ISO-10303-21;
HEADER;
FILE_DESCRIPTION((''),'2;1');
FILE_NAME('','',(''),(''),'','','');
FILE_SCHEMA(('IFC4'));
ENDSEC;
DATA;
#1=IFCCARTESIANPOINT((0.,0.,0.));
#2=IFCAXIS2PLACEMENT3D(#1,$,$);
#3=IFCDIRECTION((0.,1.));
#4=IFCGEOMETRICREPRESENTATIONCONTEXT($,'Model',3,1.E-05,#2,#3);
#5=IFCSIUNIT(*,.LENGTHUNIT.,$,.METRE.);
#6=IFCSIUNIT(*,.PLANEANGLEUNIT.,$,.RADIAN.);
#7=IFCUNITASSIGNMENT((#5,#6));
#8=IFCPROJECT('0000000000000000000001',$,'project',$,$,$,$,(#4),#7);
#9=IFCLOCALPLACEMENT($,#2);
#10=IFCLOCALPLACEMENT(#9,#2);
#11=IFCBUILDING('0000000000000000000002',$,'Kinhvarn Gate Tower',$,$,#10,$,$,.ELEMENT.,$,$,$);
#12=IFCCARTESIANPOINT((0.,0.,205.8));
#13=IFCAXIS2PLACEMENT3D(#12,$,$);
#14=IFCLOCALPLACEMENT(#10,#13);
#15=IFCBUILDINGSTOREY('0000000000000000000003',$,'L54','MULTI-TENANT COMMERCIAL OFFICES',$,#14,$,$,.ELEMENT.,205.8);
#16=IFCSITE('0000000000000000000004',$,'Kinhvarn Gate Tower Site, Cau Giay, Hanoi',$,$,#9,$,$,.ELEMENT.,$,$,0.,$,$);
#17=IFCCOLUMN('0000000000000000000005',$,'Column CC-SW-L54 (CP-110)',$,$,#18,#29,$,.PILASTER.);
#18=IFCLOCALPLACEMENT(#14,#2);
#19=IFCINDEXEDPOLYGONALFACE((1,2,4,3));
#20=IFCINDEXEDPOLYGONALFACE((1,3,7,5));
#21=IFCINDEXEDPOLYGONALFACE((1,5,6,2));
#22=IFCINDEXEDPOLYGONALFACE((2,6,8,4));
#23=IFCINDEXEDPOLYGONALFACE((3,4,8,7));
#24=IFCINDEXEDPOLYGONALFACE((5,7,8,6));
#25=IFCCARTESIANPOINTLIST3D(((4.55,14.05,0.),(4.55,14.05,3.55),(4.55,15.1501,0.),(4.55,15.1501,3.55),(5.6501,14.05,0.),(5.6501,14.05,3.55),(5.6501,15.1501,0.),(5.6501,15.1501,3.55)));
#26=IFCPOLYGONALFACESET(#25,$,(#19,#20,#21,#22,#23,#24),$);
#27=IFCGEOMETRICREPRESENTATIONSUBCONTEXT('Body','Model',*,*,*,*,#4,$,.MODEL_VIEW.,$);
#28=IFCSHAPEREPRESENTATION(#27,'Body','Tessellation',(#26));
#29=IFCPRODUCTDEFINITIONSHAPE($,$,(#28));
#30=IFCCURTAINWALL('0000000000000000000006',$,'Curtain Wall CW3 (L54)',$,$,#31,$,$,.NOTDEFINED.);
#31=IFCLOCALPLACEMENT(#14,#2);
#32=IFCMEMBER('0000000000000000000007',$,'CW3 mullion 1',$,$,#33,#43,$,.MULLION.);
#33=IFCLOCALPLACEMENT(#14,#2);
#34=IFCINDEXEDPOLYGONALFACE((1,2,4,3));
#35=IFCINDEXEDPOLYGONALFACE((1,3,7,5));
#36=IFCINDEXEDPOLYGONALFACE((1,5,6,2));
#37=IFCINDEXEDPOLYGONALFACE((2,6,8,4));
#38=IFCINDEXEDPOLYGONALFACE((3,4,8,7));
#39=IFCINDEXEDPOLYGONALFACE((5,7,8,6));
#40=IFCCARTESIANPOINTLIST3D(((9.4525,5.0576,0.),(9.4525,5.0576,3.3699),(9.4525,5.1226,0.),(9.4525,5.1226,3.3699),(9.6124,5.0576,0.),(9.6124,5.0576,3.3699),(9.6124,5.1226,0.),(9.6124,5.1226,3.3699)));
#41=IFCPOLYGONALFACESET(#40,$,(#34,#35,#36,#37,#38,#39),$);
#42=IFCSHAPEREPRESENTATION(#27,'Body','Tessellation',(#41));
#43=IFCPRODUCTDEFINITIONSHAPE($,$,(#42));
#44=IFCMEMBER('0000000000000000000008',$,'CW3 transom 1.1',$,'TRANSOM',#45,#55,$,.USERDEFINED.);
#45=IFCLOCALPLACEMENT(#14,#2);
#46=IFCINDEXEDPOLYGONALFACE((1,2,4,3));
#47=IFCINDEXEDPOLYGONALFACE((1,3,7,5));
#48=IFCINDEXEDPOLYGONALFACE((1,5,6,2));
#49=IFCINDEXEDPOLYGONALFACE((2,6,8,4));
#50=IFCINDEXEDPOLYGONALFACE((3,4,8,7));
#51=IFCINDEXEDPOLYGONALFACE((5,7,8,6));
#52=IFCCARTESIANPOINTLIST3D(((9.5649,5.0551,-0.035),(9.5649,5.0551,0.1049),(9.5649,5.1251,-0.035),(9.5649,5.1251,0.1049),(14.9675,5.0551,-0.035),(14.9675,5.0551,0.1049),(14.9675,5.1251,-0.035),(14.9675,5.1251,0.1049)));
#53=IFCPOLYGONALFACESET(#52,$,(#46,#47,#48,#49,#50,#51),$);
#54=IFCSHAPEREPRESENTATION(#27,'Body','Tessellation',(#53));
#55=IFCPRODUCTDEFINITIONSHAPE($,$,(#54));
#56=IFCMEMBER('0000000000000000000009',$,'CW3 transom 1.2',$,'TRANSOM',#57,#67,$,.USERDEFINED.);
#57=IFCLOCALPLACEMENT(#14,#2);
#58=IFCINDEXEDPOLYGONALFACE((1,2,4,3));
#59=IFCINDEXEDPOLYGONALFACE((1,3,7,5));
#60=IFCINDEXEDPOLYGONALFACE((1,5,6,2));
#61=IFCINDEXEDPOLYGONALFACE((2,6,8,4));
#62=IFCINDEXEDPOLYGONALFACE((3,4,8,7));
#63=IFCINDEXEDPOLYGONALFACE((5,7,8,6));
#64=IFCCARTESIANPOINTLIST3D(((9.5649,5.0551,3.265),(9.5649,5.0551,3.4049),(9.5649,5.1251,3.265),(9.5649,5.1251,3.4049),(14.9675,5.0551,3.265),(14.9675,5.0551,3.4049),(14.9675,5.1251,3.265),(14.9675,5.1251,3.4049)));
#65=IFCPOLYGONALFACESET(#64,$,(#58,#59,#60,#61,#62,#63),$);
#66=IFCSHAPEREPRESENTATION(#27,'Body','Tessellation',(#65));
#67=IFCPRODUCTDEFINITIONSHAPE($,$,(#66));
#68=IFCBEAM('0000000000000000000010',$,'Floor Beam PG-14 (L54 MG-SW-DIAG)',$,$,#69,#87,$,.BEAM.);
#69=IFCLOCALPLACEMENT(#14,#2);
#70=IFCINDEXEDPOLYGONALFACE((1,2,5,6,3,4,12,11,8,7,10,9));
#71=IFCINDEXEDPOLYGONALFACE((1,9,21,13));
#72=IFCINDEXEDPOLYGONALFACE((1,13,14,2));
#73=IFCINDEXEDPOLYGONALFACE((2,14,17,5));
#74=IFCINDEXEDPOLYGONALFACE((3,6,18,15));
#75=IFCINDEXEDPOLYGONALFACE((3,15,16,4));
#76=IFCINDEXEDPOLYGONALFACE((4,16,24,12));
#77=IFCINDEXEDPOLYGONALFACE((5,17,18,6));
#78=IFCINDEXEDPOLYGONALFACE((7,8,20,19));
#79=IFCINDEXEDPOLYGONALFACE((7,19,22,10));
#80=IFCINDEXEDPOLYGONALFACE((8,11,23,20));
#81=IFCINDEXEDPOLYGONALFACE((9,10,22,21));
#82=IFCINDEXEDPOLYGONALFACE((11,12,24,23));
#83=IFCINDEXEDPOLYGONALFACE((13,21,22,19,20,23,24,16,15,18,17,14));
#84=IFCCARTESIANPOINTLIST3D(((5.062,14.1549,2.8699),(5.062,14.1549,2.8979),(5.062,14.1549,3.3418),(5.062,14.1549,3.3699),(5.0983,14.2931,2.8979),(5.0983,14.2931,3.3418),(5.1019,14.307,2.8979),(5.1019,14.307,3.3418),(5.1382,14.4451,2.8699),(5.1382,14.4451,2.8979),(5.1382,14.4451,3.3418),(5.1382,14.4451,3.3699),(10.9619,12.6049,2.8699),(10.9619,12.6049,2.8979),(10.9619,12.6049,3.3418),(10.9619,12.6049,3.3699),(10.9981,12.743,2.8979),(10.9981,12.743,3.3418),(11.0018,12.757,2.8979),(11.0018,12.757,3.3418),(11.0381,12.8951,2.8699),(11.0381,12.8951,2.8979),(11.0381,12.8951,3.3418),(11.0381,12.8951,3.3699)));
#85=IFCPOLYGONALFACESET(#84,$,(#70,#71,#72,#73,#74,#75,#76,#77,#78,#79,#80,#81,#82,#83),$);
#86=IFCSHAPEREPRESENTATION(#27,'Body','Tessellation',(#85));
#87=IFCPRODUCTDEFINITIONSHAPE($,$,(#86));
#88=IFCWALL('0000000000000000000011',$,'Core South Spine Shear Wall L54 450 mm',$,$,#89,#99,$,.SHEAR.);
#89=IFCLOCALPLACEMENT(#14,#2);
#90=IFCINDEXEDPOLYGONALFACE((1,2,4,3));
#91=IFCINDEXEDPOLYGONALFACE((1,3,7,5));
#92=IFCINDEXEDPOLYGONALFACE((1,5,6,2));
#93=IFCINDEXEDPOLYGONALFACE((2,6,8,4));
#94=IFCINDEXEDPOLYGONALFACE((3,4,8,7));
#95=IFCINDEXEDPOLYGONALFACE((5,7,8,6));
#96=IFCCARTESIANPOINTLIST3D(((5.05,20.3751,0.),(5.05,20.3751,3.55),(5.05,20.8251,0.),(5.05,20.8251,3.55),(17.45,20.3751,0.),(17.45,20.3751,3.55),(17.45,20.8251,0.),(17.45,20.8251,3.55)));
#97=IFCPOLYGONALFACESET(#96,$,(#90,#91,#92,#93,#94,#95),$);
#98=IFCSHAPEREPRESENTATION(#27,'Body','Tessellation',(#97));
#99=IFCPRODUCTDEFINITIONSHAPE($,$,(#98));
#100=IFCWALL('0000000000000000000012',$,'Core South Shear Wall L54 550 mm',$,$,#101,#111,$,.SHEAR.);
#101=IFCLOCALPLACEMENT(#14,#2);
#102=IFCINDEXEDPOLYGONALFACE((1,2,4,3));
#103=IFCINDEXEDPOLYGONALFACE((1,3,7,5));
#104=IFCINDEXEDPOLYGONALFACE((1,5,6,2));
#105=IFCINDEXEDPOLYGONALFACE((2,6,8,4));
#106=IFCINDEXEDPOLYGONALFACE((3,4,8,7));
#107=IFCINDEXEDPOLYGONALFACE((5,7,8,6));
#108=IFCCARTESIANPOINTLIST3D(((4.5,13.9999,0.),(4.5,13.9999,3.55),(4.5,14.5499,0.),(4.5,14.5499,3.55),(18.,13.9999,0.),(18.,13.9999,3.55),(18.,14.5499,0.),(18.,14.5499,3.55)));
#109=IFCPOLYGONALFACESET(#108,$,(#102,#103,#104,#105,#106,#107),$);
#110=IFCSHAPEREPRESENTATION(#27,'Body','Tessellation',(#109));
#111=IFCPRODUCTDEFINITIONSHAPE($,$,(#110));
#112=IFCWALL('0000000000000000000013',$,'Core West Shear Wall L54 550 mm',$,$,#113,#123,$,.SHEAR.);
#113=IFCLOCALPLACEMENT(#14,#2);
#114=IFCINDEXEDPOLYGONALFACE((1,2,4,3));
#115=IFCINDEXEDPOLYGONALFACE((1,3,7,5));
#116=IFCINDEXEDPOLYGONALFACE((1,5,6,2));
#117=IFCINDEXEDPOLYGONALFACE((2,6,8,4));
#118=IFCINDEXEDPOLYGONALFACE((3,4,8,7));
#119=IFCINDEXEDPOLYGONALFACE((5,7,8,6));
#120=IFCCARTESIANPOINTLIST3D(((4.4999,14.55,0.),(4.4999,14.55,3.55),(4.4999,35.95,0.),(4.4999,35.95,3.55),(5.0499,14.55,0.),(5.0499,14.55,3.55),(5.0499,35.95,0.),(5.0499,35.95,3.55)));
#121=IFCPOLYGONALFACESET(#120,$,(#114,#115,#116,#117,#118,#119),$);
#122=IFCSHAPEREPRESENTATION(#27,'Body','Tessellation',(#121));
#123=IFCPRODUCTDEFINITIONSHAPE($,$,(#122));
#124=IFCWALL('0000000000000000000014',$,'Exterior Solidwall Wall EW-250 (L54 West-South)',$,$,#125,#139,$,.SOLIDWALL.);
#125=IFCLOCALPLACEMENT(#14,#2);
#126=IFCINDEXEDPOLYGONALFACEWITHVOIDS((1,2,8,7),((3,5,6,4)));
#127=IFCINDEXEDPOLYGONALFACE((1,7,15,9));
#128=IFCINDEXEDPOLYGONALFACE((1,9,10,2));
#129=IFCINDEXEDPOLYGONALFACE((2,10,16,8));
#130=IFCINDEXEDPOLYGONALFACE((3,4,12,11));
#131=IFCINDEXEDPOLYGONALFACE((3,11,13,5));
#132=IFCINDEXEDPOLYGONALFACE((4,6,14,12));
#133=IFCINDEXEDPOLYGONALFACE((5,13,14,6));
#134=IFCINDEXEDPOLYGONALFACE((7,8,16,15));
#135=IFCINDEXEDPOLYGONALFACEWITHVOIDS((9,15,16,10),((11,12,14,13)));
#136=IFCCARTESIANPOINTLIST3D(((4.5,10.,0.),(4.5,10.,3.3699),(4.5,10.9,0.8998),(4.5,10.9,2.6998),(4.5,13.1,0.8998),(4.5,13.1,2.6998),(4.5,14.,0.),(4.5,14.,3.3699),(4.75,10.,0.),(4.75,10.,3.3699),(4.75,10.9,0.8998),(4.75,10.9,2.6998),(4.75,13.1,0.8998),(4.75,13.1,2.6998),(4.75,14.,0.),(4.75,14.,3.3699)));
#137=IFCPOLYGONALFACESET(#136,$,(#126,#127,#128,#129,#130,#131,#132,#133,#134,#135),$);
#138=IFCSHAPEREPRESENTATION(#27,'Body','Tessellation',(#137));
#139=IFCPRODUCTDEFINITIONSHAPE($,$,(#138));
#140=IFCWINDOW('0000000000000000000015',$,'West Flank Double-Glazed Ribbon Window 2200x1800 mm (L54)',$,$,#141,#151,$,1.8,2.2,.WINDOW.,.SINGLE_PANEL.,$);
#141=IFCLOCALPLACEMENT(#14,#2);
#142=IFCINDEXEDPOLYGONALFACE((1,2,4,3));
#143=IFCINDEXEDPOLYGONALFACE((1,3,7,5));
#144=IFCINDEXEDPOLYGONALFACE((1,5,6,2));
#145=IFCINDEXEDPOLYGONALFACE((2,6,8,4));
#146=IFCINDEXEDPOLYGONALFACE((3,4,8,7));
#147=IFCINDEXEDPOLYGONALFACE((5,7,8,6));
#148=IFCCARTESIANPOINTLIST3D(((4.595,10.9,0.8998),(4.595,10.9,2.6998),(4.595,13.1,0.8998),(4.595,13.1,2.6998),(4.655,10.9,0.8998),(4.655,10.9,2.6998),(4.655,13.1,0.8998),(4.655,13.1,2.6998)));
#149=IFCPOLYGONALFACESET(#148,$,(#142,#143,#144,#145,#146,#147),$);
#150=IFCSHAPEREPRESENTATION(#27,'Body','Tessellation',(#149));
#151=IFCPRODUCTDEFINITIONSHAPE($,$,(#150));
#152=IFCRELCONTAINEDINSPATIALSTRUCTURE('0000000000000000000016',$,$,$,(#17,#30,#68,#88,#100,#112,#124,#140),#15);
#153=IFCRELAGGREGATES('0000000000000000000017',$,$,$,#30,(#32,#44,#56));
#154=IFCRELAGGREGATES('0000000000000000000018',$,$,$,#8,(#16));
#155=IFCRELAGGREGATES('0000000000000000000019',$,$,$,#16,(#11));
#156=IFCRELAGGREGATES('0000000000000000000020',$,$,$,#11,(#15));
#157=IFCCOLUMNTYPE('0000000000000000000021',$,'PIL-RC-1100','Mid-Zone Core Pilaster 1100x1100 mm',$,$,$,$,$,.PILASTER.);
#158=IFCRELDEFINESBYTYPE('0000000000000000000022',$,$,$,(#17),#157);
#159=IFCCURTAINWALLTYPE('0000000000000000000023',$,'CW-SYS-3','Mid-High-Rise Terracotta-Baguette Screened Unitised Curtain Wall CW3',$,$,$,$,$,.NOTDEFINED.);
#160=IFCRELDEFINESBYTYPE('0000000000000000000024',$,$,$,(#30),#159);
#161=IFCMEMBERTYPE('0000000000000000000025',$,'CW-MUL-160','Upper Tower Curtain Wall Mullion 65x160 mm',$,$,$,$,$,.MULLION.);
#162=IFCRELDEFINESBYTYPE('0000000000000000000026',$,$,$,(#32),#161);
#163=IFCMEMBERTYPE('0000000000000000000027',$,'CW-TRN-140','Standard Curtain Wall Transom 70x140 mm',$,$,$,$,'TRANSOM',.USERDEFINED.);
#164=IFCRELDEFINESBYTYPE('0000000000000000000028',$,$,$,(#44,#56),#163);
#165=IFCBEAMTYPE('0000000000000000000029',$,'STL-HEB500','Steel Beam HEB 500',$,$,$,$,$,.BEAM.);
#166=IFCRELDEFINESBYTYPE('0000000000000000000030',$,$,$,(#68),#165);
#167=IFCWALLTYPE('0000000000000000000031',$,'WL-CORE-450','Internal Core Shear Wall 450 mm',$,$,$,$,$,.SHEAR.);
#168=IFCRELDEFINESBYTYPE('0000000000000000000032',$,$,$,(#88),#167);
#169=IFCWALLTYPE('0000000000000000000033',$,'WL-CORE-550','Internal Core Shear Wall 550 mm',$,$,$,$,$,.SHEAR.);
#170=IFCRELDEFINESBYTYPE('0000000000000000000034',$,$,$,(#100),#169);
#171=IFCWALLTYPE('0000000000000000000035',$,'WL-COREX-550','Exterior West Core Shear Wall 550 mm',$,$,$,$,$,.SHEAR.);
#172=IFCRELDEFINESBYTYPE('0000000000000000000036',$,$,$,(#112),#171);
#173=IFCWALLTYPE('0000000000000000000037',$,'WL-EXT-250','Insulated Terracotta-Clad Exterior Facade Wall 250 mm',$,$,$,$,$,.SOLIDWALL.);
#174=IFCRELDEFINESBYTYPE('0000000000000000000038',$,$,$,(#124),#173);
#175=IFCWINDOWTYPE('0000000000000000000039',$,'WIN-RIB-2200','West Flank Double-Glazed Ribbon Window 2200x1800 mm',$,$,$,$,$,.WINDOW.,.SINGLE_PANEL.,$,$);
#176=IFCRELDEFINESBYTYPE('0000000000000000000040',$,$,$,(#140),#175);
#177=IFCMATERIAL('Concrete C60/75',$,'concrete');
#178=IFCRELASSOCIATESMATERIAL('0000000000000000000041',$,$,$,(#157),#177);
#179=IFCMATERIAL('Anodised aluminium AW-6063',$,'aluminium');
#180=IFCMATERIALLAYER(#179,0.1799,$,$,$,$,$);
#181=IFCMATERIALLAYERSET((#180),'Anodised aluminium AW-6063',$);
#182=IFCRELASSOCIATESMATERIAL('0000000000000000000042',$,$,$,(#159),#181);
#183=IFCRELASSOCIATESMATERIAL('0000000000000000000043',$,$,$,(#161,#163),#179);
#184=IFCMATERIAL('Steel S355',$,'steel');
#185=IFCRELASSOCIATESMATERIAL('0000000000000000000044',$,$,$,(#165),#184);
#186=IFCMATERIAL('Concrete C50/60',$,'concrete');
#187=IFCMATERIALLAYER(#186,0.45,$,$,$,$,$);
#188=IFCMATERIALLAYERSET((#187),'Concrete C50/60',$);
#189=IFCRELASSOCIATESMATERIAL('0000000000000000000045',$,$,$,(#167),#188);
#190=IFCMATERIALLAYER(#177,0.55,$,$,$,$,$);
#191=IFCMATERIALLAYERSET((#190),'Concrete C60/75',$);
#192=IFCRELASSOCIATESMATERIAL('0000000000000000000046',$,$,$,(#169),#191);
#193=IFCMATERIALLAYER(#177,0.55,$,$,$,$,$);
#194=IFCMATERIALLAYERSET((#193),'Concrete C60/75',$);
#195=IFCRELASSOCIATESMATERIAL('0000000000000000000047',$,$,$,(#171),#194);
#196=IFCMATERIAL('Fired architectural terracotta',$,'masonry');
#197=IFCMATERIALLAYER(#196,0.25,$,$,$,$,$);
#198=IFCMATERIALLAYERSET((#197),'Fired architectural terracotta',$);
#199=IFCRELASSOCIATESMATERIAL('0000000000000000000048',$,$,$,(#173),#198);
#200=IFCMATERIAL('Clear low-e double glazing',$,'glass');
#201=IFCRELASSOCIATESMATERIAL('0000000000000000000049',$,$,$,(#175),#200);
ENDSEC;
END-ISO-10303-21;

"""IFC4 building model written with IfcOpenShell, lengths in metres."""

from ifc_helpers import new_model, si_unit, direction, frame, frame_2d, origin, origin_2d, place, context, subcontext, project, spatial, rectangle, i_section, extrude, material, layer, layer_set, material_profile, profile_set, type_object, element, fill, aggregate, save


model = new_model("IFC4")

# Units and contexts
model_context = context("Model", 3, precision=1e-05, world=origin(), true_north=direction((0.0, 1.0)))
body_context = subcontext(model_context, "Body", "Model", "MODEL_VIEW")
ifc_project = project(units=[si_unit("LENGTHUNIT", "METRE"), si_unit("PLANEANGLEUNIT", "RADIAN")], contexts=[model_context])

# Site, building, storey
site_placement = place(None, origin())
site = spatial("IfcSite", under=ifc_project, at=site_placement, Name="Kinhvarn Gate Tower Site, Cau Giay, Hanoi", CompositionType="ELEMENT", RefElevation=0.0)
building_placement = place(site_placement, origin())
building = spatial("IfcBuilding", under=site, at=building_placement, Name="Kinhvarn Gate Tower", CompositionType="ELEMENT")
storey_placement = place(building_placement, frame((0.0, 0.0, 205.8)))
storey = spatial("IfcBuildingStorey", under=building, at=storey_placement, Name="L54", Description="MULTI-TENANT COMMERCIAL OFFICES", CompositionType="ELEMENT", Elevation=205.8)

# Column
ifc_material_1 = material(Name="Concrete C60/75", Category="concrete")
ifc_material_profile_1 = material_profile(ifc_material_1, rectangle(XDim=1.1001, YDim=1.1001, at=origin_2d()), Name="RC 1100x1100")
ifc_profile_set_1 = profile_set([ifc_material_profile_1], Name="Concrete C60/75")
column_type = type_object("IfcColumnType", Name="PIL-RC-1100", Description="Mid-Zone Core Pilaster 1100x1100 mm", PredefinedType="PILASTER", material=ifc_profile_set_1)
column_placement = place(storey_placement, frame((5.1001, 14.6001, 0.0), z_axis=(0.0, 0.0, 1.0), x_axis=(1.0, 0.0, 0.0)))
element("IfcColumn", 1, at=column_placement, inside=storey, type_object=column_type, Name="Column CC-SW-L54 (CP-110)", PredefinedType="PILASTER", context=body_context, shape_type="SweptSolid", body=[
    extrude(rectangle(XDim=1.1001, YDim=1.1001, at=origin_2d()), origin(), (0.0, 0.0, 1.0), 3.55),
])

# Curtain wall, members
ifc_material_2 = material(Name="Anodised aluminium AW-6063", Category="aluminium")
ifc_layer_1 = layer(ifc_material_2, 0.1799)
ifc_layer_set_1 = layer_set([ifc_layer_1], Name="Anodised aluminium AW-6063")
curtain_wall_type = type_object("IfcCurtainWallType", Name="CW-SYS-3", Description="Mid-High-Rise Terracotta-Baguette Screened Unitised Curtain Wall CW3", PredefinedType="NOTDEFINED", material=ifc_layer_set_1)
curtain_wall_placement = place(storey_placement, origin())
curtain_wall = element("IfcCurtainWall", 2, at=curtain_wall_placement, inside=storey, type_object=curtain_wall_type, Name="Curtain Wall CW3 (L54)", PredefinedType="NOTDEFINED")
ifc_material_profile_2 = material_profile(ifc_material_2, rectangle(XDim=0.0649, YDim=0.1599, at=origin_2d()), Name="ALU 65x160")
ifc_profile_set_2 = profile_set([ifc_material_profile_2], Name="Anodised aluminium AW-6063")
member_type_1 = type_object("IfcMemberType", Name="CW-MUL-160", Description="Upper Tower Curtain Wall Mullion 65x160 mm", PredefinedType="MULLION", material=ifc_profile_set_2)
member_1_placement = place(storey_placement, frame((9.5325, 5.0901, 0.0), z_axis=(0.0, 0.0, 1.0), x_axis=(0.0, 1.0, 0.0)))
member_1 = element("IfcMember", 3, at=member_1_placement, type_object=member_type_1, Name="CW3 mullion 1", PredefinedType="MULLION", context=body_context, shape_type="SweptSolid", body=[
    extrude(rectangle(XDim=0.0649, YDim=0.1599, at=origin_2d()), origin(), (0.0, 0.0, 1.0), 3.3699),
])
ifc_material_profile_3 = material_profile(ifc_material_2, rectangle(XDim=0.0701, YDim=0.1399, at=origin_2d()), Name="ALU 70x140")
ifc_profile_set_3 = profile_set([ifc_material_profile_3], Name="Anodised aluminium AW-6063")
member_type_2 = type_object("IfcMemberType", Name="CW-TRN-140", Description="Standard Curtain Wall Transom 70x140 mm", ElementType="TRANSOM", PredefinedType="USERDEFINED", material=ifc_profile_set_3)
member_2_placement = place(storey_placement, frame((9.5649, 5.0901, 0.0349), z_axis=(1.0, 0.0, 0.0), x_axis=(0.0, 1.0, 0.0)))
member_2 = element("IfcMember", 4, at=member_2_placement, type_object=member_type_2, Name="CW3 transom 1.1", ObjectType="TRANSOM", PredefinedType="USERDEFINED", context=body_context, shape_type="SweptSolid", body=[
    extrude(rectangle(XDim=0.0701, YDim=0.1399, at=origin_2d()), origin(), (0.0, 0.0, 1.0), 5.4026),
])
member_3_placement = place(storey_placement, frame((9.5649, 5.0901, 3.335), z_axis=(1.0, 0.0, 0.0), x_axis=(0.0, 1.0, 0.0)))
member_3 = element("IfcMember", 5, at=member_3_placement, type_object=member_type_2, Name="CW3 transom 1.2", ObjectType="TRANSOM", PredefinedType="USERDEFINED", context=body_context, shape_type="SweptSolid", body=[
    extrude(rectangle(XDim=0.0701, YDim=0.1399, at=origin_2d()), origin(), (0.0, 0.0, 1.0), 5.4026),
])
aggregate(curtain_wall, [member_1, member_2, member_3])

# Beam
ifc_material_3 = material(Name="Steel S355", Category="steel")
ifc_material_profile_4 = material_profile(ifc_material_3, i_section(OverallWidth=0.3, OverallDepth=0.5, WebThickness=0.0144, FlangeThickness=0.0281, at=origin_2d()), Name="HEB 500")
ifc_profile_set_4 = profile_set([ifc_material_profile_4], Name="Steel S355")
beam_type = type_object("IfcBeamType", Name="STL-HEB500", Description="Steel Beam HEB 500", PredefinedType="BEAM", material=ifc_profile_set_4)
beam_placement = place(storey_placement, frame((5.1001, 14.3, 3.1199), z_axis=(0.967178, -0.254101, 0.0), x_axis=(0.254101, 0.967178, 0.0)))
element("IfcBeam", 6, at=beam_placement, inside=storey, type_object=beam_type, Name="Floor Beam PG-14 (L54 MG-SW-DIAG)", PredefinedType="BEAM", context=body_context, shape_type="SweptSolid", body=[
    extrude(i_section(OverallWidth=0.3, OverallDepth=0.5, WebThickness=0.0144, FlangeThickness=0.0281, at=origin_2d()), origin(), (0.0, 0.0, 1.0), 6.1001),
])

# Walls
ifc_material_4 = material(Name="Concrete C50/60", Category="concrete")
ifc_layer_2 = layer(ifc_material_4, 0.45)
ifc_layer_set_2 = layer_set([ifc_layer_2], Name="Concrete C50/60")
wall_type_1 = type_object("IfcWallType", Name="WL-CORE-450", Description="Internal Core Shear Wall 450 mm", PredefinedType="SHEAR", material=ifc_layer_set_2)
wall_1_placement = place(storey_placement, frame((5.05, 20.6001, 0.0), z_axis=(0.0, 0.0, 1.0), x_axis=(1.0, 0.0, 0.0)))
element("IfcWall", 7, at=wall_1_placement, inside=storey, type_object=wall_type_1, Name="Core South Spine Shear Wall L54 450 mm", PredefinedType="SHEAR", context=body_context, shape_type="SweptSolid", body=[
    extrude(rectangle(XDim=12.3999, YDim=0.45, at=frame_2d((6.2, 0.0))), origin(), (0.0, 0.0, 1.0), 3.55),
])
ifc_layer_3 = layer(ifc_material_1, 0.55)
ifc_layer_set_3 = layer_set([ifc_layer_3], Name="Concrete C60/75")
wall_type_2 = type_object("IfcWallType", Name="WL-CORE-550", Description="Internal Core Shear Wall 550 mm", PredefinedType="SHEAR", material=ifc_layer_set_3)
wall_2_placement = place(storey_placement, frame((4.5, 14.2749, 0.0), z_axis=(0.0, 0.0, 1.0), x_axis=(1.0, 0.0, 0.0)))
element("IfcWall", 8, at=wall_2_placement, inside=storey, type_object=wall_type_2, Name="Core South Shear Wall L54 550 mm", PredefinedType="SHEAR", context=body_context, shape_type="SweptSolid", body=[
    extrude(rectangle(XDim=13.5, YDim=0.55, at=frame_2d((6.75, 0.0))), origin(), (0.0, 0.0, 1.0), 3.55),
])
ifc_layer_4 = layer(ifc_material_1, 0.55)
ifc_layer_set_4 = layer_set([ifc_layer_4], Name="Concrete C60/75")
wall_type_3 = type_object("IfcWallType", Name="WL-COREX-550", Description="Exterior West Core Shear Wall 550 mm", PredefinedType="SHEAR", material=ifc_layer_set_4)
wall_3_placement = place(storey_placement, frame((4.7749, 14.55, 0.0), z_axis=(0.0, 0.0, 1.0), x_axis=(0.0, 1.0, 0.0)))
element("IfcWall", 9, at=wall_3_placement, inside=storey, type_object=wall_type_3, Name="Core West Shear Wall L54 550 mm", PredefinedType="SHEAR", context=body_context, shape_type="SweptSolid", body=[
    extrude(rectangle(XDim=21.3999, YDim=0.55, at=frame_2d((10.7, 0.0))), origin(), (0.0, 0.0, 1.0), 3.55),
])

# Wall, opening, window
ifc_material_5 = material(Name="Fired architectural terracotta", Category="masonry")
ifc_layer_5 = layer(ifc_material_5, 0.25)
ifc_layer_set_5 = layer_set([ifc_layer_5], Name="Fired architectural terracotta")
wall_type_4 = type_object("IfcWallType", Name="WL-EXT-250", Description="Insulated Terracotta-Clad Exterior Facade Wall 250 mm", PredefinedType="SOLIDWALL", material=ifc_layer_set_5)
wall_4_placement = place(storey_placement, frame((4.625, 14.0, 0.0), z_axis=(0.0, 0.0, 1.0), x_axis=(0.0, -1.0, 0.0)))
wall_4 = element("IfcWall", 10, at=wall_4_placement, inside=storey, type_object=wall_type_4, Name="Exterior Solidwall Wall EW-250 (L54 West-South)", PredefinedType="SOLIDWALL", context=body_context, shape_type="SweptSolid", body=[
    extrude(rectangle(XDim=4.0, YDim=0.25, at=frame_2d((2.0, 0.0))), origin(), (0.0, 0.0, 1.0), 3.3699),
])
opening_1_placement = place(wall_4_placement, frame((0.8999, 0.0, 0.8999)))
opening_1 = element("IfcOpeningElement", 11, at=opening_1_placement, cuts=wall_4, PredefinedType="OPENING", context=body_context, shape_type="SweptSolid", body=[
    extrude(rectangle(XDim=2.2, YDim=1.8, at=frame_2d((1.1001, 0.8999))), frame((0.0, 0.135, 0.0), z_axis=(0.0, -1.0, 0.0), x_axis=(1.0, 0.0, 0.0)), (0.0, 0.0, 1.0), 0.27),
])
ifc_material_6 = material(Name="Clear low-e double glazing", Category="glass")
window_type_1 = type_object("IfcWindowType", Name="WIN-RIB-2200", Description="West Flank Double-Glazed Ribbon Window 2200x1800 mm", PartitioningType="SINGLE_PANEL", PredefinedType="WINDOW", material=ifc_material_6)
window_1_placement = place(opening_1_placement, origin())
window_1 = element("IfcWindow", 12, at=window_1_placement, inside=storey, type_object=window_type_1, Name="West Flank Double-Glazed Ribbon Window 2200x1800 mm (L54)", OverallHeight=1.8, OverallWidth=2.2, PartitioningType="SINGLE_PANEL", PredefinedType="WINDOW", context=body_context, shape_type="SweptSolid", body=[
    extrude(rectangle(XDim=2.2, YDim=1.8, at=frame_2d((1.1001, 0.8999))), frame((0.0, 0.03, 0.0), z_axis=(0.0, -1.0, 0.0), x_axis=(1.0, 0.0, 0.0)), (0.0, 0.0, 1.0), 0.0601),
])
fill(opening_1, window_1)

save(model, "model.ifc")
